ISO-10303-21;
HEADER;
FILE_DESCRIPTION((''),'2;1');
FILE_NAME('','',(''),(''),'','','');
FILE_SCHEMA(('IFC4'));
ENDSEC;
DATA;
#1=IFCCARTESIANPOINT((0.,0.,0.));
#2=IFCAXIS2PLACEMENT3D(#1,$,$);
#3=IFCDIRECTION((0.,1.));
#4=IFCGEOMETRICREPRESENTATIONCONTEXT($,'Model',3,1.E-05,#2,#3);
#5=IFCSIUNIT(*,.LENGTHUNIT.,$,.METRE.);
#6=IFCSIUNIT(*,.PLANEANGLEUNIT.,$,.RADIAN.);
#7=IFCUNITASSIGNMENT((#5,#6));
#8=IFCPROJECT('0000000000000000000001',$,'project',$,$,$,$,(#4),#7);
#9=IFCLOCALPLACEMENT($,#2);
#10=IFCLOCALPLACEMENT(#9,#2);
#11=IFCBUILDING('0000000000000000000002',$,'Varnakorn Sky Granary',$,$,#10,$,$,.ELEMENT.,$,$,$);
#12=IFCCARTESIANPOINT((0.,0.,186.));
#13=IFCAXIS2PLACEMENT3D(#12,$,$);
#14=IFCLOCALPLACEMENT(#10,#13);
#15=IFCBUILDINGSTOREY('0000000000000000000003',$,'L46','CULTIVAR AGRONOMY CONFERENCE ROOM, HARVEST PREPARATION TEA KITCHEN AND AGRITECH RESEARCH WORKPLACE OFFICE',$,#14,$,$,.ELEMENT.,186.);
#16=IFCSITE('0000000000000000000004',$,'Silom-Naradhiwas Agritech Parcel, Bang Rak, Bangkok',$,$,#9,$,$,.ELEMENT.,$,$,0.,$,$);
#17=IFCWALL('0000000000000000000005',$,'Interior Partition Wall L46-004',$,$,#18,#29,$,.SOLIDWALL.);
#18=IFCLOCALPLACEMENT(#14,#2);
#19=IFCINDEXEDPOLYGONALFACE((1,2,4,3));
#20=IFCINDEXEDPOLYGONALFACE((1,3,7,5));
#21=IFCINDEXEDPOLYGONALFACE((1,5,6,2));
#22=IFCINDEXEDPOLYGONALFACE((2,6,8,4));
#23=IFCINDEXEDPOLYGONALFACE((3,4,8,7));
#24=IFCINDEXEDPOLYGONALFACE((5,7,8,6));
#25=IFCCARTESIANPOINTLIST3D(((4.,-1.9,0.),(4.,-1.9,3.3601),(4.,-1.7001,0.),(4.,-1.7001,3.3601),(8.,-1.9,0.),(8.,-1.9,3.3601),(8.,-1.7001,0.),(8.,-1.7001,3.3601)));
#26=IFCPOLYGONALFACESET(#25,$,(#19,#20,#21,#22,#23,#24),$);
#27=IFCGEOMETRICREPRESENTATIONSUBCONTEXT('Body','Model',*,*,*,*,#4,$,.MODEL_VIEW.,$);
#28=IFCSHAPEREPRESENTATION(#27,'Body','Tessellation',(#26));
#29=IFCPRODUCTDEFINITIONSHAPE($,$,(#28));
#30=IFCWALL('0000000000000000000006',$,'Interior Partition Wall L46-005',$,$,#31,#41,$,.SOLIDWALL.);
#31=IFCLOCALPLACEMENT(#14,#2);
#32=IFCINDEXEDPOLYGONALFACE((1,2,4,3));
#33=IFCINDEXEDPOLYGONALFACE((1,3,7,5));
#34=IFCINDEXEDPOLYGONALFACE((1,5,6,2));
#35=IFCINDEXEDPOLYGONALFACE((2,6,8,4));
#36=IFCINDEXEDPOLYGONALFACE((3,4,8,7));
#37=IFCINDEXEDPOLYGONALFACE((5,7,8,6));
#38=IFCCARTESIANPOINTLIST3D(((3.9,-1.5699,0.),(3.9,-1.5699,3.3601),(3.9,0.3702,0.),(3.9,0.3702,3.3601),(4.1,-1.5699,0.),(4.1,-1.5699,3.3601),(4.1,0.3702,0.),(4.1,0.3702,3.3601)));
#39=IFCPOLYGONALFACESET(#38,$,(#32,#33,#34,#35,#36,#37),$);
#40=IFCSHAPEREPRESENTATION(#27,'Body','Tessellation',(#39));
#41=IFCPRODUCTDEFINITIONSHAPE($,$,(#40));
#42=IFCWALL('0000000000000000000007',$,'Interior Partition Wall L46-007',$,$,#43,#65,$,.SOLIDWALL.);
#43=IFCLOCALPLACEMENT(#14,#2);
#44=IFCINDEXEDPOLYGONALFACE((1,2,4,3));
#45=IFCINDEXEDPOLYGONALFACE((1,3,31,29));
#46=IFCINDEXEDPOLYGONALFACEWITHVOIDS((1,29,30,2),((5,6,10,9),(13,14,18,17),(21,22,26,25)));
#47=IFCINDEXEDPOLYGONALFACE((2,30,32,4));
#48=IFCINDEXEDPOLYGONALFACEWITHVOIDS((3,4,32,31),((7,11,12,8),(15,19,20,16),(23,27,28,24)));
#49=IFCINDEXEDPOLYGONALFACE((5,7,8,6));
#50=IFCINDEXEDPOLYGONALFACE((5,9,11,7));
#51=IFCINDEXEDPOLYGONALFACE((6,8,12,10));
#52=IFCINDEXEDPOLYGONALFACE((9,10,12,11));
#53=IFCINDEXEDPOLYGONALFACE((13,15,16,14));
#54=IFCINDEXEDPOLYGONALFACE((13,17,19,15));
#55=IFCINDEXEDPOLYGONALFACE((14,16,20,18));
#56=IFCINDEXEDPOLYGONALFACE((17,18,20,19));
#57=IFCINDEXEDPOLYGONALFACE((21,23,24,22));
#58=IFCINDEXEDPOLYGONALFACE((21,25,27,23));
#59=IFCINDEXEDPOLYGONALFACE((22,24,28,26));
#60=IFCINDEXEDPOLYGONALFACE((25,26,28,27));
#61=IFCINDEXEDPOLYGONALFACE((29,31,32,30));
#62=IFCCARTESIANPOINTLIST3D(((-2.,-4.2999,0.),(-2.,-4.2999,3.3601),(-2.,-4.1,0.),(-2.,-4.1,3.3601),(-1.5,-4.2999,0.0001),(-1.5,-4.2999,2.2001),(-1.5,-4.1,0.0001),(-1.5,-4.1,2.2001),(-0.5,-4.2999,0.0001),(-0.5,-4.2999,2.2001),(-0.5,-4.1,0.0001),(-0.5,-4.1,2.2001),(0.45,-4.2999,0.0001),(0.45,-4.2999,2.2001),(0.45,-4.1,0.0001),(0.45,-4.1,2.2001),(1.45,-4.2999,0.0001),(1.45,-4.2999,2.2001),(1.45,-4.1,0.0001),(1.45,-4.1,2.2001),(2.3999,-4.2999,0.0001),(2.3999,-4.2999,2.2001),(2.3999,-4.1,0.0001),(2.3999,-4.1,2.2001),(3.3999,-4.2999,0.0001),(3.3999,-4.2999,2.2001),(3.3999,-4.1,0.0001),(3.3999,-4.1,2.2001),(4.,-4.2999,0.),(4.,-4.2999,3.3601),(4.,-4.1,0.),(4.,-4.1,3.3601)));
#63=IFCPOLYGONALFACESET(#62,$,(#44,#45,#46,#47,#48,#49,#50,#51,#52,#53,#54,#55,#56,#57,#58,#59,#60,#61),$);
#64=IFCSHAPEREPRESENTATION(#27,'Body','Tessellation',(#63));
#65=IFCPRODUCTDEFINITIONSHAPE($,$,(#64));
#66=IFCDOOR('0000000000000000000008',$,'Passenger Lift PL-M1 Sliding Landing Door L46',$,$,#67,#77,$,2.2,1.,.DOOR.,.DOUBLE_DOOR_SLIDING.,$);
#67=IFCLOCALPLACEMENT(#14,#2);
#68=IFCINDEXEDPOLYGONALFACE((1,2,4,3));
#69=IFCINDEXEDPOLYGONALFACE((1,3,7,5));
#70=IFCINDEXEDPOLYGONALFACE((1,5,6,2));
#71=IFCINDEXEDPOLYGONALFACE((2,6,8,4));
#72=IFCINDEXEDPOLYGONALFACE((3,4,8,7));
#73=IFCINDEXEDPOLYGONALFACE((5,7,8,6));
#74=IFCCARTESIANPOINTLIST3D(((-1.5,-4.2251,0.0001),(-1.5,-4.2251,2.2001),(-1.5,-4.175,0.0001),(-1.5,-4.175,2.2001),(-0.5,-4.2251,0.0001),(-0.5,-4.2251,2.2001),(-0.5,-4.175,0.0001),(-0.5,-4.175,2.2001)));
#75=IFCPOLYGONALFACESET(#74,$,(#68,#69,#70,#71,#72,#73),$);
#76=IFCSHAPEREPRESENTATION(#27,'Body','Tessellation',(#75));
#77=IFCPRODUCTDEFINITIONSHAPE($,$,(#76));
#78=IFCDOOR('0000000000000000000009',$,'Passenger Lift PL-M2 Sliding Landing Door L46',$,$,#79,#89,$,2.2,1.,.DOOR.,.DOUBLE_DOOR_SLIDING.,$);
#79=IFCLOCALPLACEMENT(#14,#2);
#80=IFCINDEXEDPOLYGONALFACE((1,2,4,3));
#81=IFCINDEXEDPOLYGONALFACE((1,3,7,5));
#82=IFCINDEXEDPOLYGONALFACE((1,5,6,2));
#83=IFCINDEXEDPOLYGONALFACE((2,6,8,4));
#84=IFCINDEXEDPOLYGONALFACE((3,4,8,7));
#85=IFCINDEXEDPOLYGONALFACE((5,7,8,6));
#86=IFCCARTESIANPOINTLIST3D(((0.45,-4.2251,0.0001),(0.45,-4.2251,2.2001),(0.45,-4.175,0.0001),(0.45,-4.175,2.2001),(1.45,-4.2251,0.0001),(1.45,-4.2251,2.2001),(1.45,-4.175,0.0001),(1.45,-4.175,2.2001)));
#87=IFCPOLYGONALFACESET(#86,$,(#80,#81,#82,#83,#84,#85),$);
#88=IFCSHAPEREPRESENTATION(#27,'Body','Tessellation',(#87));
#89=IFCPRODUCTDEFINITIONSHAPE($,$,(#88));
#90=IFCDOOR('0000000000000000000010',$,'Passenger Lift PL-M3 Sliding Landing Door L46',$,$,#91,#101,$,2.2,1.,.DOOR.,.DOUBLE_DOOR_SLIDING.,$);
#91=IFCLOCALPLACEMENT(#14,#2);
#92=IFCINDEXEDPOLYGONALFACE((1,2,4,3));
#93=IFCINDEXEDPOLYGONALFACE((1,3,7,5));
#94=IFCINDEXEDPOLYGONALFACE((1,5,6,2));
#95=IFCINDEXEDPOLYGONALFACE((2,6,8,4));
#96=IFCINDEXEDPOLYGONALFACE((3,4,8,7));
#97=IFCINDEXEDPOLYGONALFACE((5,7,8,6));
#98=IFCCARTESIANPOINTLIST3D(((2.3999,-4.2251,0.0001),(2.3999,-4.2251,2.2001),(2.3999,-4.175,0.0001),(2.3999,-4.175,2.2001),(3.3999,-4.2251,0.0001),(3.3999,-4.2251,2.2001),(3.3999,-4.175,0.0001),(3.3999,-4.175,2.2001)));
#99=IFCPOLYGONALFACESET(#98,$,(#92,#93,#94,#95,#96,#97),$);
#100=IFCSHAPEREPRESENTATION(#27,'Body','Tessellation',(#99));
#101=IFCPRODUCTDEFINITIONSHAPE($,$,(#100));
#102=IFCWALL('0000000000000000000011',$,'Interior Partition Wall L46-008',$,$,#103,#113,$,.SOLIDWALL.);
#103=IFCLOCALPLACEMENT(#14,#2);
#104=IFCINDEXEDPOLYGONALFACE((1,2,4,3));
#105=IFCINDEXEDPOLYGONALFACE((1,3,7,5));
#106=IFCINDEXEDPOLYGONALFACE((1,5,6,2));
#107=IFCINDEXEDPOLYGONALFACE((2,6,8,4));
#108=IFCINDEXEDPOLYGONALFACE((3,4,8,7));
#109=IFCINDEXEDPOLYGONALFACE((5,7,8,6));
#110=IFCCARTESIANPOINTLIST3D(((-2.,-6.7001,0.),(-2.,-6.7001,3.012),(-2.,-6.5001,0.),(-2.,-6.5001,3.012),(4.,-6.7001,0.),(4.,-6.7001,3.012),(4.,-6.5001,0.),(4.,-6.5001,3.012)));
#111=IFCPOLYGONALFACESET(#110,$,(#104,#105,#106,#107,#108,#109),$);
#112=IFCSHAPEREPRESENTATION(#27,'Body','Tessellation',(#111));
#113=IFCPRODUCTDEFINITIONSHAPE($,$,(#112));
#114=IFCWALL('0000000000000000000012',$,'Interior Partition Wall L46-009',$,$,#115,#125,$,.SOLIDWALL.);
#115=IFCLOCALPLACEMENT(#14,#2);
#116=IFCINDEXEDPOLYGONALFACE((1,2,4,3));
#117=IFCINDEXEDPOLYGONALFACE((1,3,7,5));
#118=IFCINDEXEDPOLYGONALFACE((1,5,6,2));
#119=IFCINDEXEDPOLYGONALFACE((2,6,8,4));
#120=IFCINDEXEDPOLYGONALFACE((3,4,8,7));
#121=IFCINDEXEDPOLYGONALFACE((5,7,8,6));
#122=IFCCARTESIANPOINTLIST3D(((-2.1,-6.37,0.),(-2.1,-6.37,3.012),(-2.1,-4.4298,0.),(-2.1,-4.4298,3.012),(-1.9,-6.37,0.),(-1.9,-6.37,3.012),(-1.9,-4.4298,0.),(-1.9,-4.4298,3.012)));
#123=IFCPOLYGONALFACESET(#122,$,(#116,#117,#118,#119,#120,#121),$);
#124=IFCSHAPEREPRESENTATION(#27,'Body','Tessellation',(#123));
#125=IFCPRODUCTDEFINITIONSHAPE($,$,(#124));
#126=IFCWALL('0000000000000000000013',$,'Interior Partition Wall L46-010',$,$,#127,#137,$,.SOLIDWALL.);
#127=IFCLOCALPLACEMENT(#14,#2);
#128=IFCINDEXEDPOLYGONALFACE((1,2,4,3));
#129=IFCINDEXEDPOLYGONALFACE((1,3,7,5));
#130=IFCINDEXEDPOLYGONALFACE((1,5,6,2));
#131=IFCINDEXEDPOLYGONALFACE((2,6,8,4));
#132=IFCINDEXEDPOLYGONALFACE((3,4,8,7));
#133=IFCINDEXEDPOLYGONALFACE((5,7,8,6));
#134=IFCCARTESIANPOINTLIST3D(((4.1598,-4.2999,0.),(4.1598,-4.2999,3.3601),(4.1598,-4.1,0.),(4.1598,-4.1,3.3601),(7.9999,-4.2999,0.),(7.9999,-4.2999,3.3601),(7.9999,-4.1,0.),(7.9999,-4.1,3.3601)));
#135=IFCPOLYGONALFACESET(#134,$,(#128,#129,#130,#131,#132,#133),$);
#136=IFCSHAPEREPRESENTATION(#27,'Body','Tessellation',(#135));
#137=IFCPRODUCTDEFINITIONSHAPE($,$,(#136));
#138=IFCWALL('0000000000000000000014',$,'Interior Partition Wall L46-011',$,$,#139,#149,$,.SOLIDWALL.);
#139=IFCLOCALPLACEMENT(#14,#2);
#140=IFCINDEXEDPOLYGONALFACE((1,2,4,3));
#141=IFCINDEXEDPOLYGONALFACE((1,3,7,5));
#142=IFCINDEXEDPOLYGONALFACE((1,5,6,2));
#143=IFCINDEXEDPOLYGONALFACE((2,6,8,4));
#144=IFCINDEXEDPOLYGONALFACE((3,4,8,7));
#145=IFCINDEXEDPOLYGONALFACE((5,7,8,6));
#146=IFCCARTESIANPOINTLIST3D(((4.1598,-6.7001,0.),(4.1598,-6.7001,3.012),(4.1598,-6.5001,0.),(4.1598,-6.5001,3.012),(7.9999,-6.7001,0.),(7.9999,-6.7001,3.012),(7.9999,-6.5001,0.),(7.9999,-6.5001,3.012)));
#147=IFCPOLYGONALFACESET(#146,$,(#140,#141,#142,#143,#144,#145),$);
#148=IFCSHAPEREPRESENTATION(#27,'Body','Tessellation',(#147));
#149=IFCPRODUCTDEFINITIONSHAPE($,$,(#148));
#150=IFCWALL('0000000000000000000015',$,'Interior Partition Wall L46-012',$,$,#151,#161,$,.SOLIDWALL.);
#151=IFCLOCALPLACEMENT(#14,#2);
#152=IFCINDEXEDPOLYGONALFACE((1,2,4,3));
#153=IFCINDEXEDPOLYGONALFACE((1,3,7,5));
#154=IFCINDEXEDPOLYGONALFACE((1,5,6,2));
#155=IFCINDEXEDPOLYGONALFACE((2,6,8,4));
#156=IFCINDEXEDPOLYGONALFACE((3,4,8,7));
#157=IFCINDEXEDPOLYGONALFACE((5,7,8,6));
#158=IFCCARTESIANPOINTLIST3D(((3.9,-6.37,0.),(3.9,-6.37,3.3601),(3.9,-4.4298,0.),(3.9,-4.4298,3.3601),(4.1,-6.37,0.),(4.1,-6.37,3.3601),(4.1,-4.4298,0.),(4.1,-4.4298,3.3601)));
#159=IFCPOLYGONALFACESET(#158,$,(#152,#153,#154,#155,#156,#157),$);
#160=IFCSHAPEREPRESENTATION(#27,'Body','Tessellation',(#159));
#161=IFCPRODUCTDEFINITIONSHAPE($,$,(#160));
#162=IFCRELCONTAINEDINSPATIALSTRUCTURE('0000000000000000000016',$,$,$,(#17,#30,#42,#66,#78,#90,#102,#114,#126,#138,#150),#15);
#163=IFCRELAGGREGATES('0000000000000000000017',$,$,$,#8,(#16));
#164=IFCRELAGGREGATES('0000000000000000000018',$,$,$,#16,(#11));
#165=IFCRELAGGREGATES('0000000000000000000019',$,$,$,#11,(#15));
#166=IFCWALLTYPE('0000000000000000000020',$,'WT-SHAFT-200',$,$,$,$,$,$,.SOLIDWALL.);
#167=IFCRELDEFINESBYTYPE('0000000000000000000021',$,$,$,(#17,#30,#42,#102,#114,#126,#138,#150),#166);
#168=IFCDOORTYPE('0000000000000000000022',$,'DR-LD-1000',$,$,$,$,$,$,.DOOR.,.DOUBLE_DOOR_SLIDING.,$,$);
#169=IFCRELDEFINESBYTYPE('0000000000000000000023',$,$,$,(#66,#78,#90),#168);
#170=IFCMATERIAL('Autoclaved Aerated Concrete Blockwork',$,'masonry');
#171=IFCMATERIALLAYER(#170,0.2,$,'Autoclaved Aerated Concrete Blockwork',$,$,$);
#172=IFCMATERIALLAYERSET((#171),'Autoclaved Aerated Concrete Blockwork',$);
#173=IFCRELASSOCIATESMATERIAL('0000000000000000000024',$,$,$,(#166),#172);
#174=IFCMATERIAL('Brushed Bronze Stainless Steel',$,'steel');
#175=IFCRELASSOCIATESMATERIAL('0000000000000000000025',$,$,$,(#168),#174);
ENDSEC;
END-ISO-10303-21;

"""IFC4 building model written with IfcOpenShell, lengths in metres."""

from ifc_helpers import new_model, si_unit, direction, frame, frame_2d, origin, place, context, subcontext, project, spatial, rectangle, extrude, material, layer, layer_set, type_object, element, fill, save


model = new_model("IFC4")

# Units and contexts
model_context = context("Model", 3, precision=1e-05, world=origin(), true_north=direction((0.0, 1.0)))
body_context = subcontext(model_context, "Body", "Model", "MODEL_VIEW")
ifc_project = project(units=[si_unit("LENGTHUNIT", "METRE"), si_unit("PLANEANGLEUNIT", "RADIAN")], contexts=[model_context])

# Site, building, storey
site_placement = place(None, origin())
site = spatial("IfcSite", under=ifc_project, at=site_placement, Name="Silom-Naradhiwas Agritech Parcel, Bang Rak, Bangkok", CompositionType="ELEMENT", RefElevation=0.0)
building_placement = place(site_placement, origin())
building = spatial("IfcBuilding", under=site, at=building_placement, Name="Varnakorn Sky Granary", CompositionType="ELEMENT")
storey_placement = place(building_placement, frame((0.0, 0.0, 186.0)))
storey = spatial("IfcBuildingStorey", under=building, at=storey_placement, Name="L46", Description="CULTIVAR AGRONOMY CONFERENCE ROOM, HARVEST PREPARATION TEA KITCHEN AND AGRITECH RESEARCH WORKPLACE OFFICE", CompositionType="ELEMENT", Elevation=186.0)

# Shared definitions
ifc_material_1 = material(Name="Autoclaved Aerated Concrete Blockwork", Category="masonry")

# Walls
ifc_layer_1 = layer(ifc_material_1, 0.2, Name="Autoclaved Aerated Concrete Blockwork")
ifc_layer_set_1 = layer_set([ifc_layer_1], Name="Autoclaved Aerated Concrete Blockwork")
wall_type_1 = type_object("IfcWallType", Name="WT-SHAFT-200", PredefinedType="SOLIDWALL", material=ifc_layer_set_1)
wall_1_placement = place(storey_placement, frame((4.0, -1.8, 0.0), z_axis=(0.0, 0.0, 1.0), x_axis=(1.0, 0.0, 0.0)))
element("IfcWall", 1, at=wall_1_placement, inside=storey, type_object=wall_type_1, Name="Interior Partition Wall L46-004", PredefinedType="SOLIDWALL", context=body_context, shape_type="SweptSolid", body=[
    extrude(rectangle(XDim=4.0, YDim=0.2, at=frame_2d((2.0, 0.0))), origin(), (0.0, 0.0, 1.0), 3.3601),
])
wall_2_placement = place(storey_placement, frame((4.0, -1.5701, 0.0), z_axis=(0.0, 0.0, 1.0), x_axis=(0.0, 1.0, 0.0)))
element("IfcWall", 2, at=wall_2_placement, inside=storey, type_object=wall_type_1, Name="Interior Partition Wall L46-005", PredefinedType="SOLIDWALL", context=body_context, shape_type="SweptSolid", body=[
    extrude(rectangle(XDim=1.9402, YDim=0.2, at=frame_2d((0.9702, 0.0))), origin(), (0.0, 0.0, 1.0), 3.3601),
])

# Wall, openings, doors
wall_3_placement = place(storey_placement, frame((-2.0, -4.2, 0.0), z_axis=(0.0, 0.0, 1.0), x_axis=(1.0, 0.0, 0.0)))
wall_3 = element("IfcWall", 3, at=wall_3_placement, inside=storey, type_object=wall_type_1, Name="Interior Partition Wall L46-007", PredefinedType="SOLIDWALL", context=body_context, shape_type="SweptSolid", body=[
    extrude(rectangle(XDim=6.0, YDim=0.2, at=frame_2d((3.0, 0.0))), origin(), (0.0, 0.0, 1.0), 3.3601),
])
opening_1_placement = place(wall_3_placement, frame((0.5, 0.0, 0.0)))
opening_1 = element("IfcOpeningElement", 4, at=opening_1_placement, cuts=wall_3, PredefinedType="OPENING", context=body_context, shape_type="SweptSolid", body=[
    extrude(rectangle(XDim=1.0, YDim=2.2, at=frame_2d((0.5, 1.1001))), frame((0.0, 0.1099, 0.0), z_axis=(0.0, -1.0, 0.0), x_axis=(1.0, 0.0, 0.0)), (0.0, 0.0, 1.0), 0.22),
])
opening_2_placement = place(wall_3_placement, frame((2.45, 0.0, 0.0)))
opening_2 = element("IfcOpeningElement", 5, at=opening_2_placement, cuts=wall_3, PredefinedType="OPENING", context=body_context, shape_type="SweptSolid", body=[
    extrude(rectangle(XDim=1.0, YDim=2.2, at=frame_2d((0.5, 1.1001))), frame((0.0, 0.1099, 0.0), z_axis=(0.0, -1.0, 0.0), x_axis=(1.0, 0.0, 0.0)), (0.0, 0.0, 1.0), 0.22),
])
opening_3_placement = place(wall_3_placement, frame((4.3999, 0.0, 0.0)))
opening_3 = element("IfcOpeningElement", 6, at=opening_3_placement, cuts=wall_3, PredefinedType="OPENING", context=body_context, shape_type="SweptSolid", body=[
    extrude(rectangle(XDim=1.0, YDim=2.2, at=frame_2d((0.5, 1.1001))), frame((0.0, 0.1099, 0.0), z_axis=(0.0, -1.0, 0.0), x_axis=(1.0, 0.0, 0.0)), (0.0, 0.0, 1.0), 0.22),
])
ifc_material_2 = material(Name="Brushed Bronze Stainless Steel", Category="steel")
door_type_1 = type_object("IfcDoorType", Name="DR-LD-1000", OperationType="DOUBLE_DOOR_SLIDING", PredefinedType="DOOR", material=ifc_material_2)
door_1_placement = place(opening_1_placement, origin())
door_1 = element("IfcDoor", 7, at=door_1_placement, inside=storey, type_object=door_type_1, Name="Passenger Lift PL-M1 Sliding Landing Door L46", OperationType="DOUBLE_DOOR_SLIDING", OverallHeight=2.2, OverallWidth=1.0, PredefinedType="DOOR", context=body_context, shape_type="SweptSolid", body=[
    extrude(rectangle(XDim=1.0, YDim=2.2, at=frame_2d((0.5, 1.1001))), frame((0.0, 0.0249, 0.0), z_axis=(0.0, -1.0, 0.0), x_axis=(1.0, 0.0, 0.0)), (0.0, 0.0, 1.0), 0.05),
])
fill(opening_1, door_1)
door_2_placement = place(opening_2_placement, origin())
door_2 = element("IfcDoor", 8, at=door_2_placement, inside=storey, type_object=door_type_1, Name="Passenger Lift PL-M2 Sliding Landing Door L46", OperationType="DOUBLE_DOOR_SLIDING", OverallHeight=2.2, OverallWidth=1.0, PredefinedType="DOOR", context=body_context, shape_type="SweptSolid", body=[
    extrude(rectangle(XDim=1.0, YDim=2.2, at=frame_2d((0.5, 1.1001))), frame((0.0, 0.0249, 0.0), z_axis=(0.0, -1.0, 0.0), x_axis=(1.0, 0.0, 0.0)), (0.0, 0.0, 1.0), 0.05),
])
fill(opening_2, door_2)
door_3_placement = place(opening_3_placement, origin())
door_3 = element("IfcDoor", 9, at=door_3_placement, inside=storey, type_object=door_type_1, Name="Passenger Lift PL-M3 Sliding Landing Door L46", OperationType="DOUBLE_DOOR_SLIDING", OverallHeight=2.2, OverallWidth=1.0, PredefinedType="DOOR", context=body_context, shape_type="SweptSolid", body=[
    extrude(rectangle(XDim=1.0, YDim=2.2, at=frame_2d((0.5, 1.1001))), frame((0.0, 0.0249, 0.0), z_axis=(0.0, -1.0, 0.0), x_axis=(1.0, 0.0, 0.0)), (0.0, 0.0, 1.0), 0.05),
])
fill(opening_3, door_3)

# Walls
wall_4_placement = place(storey_placement, frame((-2.0, -6.6001, 0.0), z_axis=(0.0, 0.0, 1.0), x_axis=(1.0, 0.0, 0.0)))
element("IfcWall", 10, at=wall_4_placement, inside=storey, type_object=wall_type_1, Name="Interior Partition Wall L46-008", PredefinedType="SOLIDWALL", context=body_context, shape_type="SweptSolid", body=[
    extrude(rectangle(XDim=6.0, YDim=0.2, at=frame_2d((3.0, 0.0))), origin(), (0.0, 0.0, 1.0), 3.012),
])
wall_5_placement = place(storey_placement, frame((-2.0, -6.3701, 0.0), z_axis=(0.0, 0.0, 1.0), x_axis=(0.0, 1.0, 0.0)))
element("IfcWall", 11, at=wall_5_placement, inside=storey, type_object=wall_type_1, Name="Interior Partition Wall L46-009", PredefinedType="SOLIDWALL", context=body_context, shape_type="SweptSolid", body=[
    extrude(rectangle(XDim=1.9402, YDim=0.2, at=frame_2d((0.9702, 0.0))), origin(), (0.0, 0.0, 1.0), 3.012),
])
wall_6_placement = place(storey_placement, frame((4.1599, -4.2, 0.0), z_axis=(0.0, 0.0, 1.0), x_axis=(1.0, 0.0, 0.0)))
element("IfcWall", 12, at=wall_6_placement, inside=storey, type_object=wall_type_1, Name="Interior Partition Wall L46-010", PredefinedType="SOLIDWALL", context=body_context, shape_type="SweptSolid", body=[
    extrude(rectangle(XDim=3.8401, YDim=0.2, at=frame_2d((1.9199, 0.0))), origin(), (0.0, 0.0, 1.0), 3.3601),
])
wall_7_placement = place(storey_placement, frame((4.1599, -6.6001, 0.0), z_axis=(0.0, 0.0, 1.0), x_axis=(1.0, 0.0, 0.0)))
element("IfcWall", 13, at=wall_7_placement, inside=storey, type_object=wall_type_1, Name="Interior Partition Wall L46-011", PredefinedType="SOLIDWALL", context=body_context, shape_type="SweptSolid", body=[
    extrude(rectangle(XDim=3.8401, YDim=0.2, at=frame_2d((1.9199, 0.0))), origin(), (0.0, 0.0, 1.0), 3.012),
])
wall_8_placement = place(storey_placement, frame((4.0, -6.3701, 0.0), z_axis=(0.0, 0.0, 1.0), x_axis=(0.0, 1.0, 0.0)))
element("IfcWall", 14, at=wall_8_placement, inside=storey, type_object=wall_type_1, Name="Interior Partition Wall L46-012", PredefinedType="SOLIDWALL", context=body_context, shape_type="SweptSolid", body=[
    extrude(rectangle(XDim=1.9402, YDim=0.2, at=frame_2d((0.9702, 0.0))), origin(), (0.0, 0.0, 1.0), 3.3601),
])

save(model, "model.ifc")
